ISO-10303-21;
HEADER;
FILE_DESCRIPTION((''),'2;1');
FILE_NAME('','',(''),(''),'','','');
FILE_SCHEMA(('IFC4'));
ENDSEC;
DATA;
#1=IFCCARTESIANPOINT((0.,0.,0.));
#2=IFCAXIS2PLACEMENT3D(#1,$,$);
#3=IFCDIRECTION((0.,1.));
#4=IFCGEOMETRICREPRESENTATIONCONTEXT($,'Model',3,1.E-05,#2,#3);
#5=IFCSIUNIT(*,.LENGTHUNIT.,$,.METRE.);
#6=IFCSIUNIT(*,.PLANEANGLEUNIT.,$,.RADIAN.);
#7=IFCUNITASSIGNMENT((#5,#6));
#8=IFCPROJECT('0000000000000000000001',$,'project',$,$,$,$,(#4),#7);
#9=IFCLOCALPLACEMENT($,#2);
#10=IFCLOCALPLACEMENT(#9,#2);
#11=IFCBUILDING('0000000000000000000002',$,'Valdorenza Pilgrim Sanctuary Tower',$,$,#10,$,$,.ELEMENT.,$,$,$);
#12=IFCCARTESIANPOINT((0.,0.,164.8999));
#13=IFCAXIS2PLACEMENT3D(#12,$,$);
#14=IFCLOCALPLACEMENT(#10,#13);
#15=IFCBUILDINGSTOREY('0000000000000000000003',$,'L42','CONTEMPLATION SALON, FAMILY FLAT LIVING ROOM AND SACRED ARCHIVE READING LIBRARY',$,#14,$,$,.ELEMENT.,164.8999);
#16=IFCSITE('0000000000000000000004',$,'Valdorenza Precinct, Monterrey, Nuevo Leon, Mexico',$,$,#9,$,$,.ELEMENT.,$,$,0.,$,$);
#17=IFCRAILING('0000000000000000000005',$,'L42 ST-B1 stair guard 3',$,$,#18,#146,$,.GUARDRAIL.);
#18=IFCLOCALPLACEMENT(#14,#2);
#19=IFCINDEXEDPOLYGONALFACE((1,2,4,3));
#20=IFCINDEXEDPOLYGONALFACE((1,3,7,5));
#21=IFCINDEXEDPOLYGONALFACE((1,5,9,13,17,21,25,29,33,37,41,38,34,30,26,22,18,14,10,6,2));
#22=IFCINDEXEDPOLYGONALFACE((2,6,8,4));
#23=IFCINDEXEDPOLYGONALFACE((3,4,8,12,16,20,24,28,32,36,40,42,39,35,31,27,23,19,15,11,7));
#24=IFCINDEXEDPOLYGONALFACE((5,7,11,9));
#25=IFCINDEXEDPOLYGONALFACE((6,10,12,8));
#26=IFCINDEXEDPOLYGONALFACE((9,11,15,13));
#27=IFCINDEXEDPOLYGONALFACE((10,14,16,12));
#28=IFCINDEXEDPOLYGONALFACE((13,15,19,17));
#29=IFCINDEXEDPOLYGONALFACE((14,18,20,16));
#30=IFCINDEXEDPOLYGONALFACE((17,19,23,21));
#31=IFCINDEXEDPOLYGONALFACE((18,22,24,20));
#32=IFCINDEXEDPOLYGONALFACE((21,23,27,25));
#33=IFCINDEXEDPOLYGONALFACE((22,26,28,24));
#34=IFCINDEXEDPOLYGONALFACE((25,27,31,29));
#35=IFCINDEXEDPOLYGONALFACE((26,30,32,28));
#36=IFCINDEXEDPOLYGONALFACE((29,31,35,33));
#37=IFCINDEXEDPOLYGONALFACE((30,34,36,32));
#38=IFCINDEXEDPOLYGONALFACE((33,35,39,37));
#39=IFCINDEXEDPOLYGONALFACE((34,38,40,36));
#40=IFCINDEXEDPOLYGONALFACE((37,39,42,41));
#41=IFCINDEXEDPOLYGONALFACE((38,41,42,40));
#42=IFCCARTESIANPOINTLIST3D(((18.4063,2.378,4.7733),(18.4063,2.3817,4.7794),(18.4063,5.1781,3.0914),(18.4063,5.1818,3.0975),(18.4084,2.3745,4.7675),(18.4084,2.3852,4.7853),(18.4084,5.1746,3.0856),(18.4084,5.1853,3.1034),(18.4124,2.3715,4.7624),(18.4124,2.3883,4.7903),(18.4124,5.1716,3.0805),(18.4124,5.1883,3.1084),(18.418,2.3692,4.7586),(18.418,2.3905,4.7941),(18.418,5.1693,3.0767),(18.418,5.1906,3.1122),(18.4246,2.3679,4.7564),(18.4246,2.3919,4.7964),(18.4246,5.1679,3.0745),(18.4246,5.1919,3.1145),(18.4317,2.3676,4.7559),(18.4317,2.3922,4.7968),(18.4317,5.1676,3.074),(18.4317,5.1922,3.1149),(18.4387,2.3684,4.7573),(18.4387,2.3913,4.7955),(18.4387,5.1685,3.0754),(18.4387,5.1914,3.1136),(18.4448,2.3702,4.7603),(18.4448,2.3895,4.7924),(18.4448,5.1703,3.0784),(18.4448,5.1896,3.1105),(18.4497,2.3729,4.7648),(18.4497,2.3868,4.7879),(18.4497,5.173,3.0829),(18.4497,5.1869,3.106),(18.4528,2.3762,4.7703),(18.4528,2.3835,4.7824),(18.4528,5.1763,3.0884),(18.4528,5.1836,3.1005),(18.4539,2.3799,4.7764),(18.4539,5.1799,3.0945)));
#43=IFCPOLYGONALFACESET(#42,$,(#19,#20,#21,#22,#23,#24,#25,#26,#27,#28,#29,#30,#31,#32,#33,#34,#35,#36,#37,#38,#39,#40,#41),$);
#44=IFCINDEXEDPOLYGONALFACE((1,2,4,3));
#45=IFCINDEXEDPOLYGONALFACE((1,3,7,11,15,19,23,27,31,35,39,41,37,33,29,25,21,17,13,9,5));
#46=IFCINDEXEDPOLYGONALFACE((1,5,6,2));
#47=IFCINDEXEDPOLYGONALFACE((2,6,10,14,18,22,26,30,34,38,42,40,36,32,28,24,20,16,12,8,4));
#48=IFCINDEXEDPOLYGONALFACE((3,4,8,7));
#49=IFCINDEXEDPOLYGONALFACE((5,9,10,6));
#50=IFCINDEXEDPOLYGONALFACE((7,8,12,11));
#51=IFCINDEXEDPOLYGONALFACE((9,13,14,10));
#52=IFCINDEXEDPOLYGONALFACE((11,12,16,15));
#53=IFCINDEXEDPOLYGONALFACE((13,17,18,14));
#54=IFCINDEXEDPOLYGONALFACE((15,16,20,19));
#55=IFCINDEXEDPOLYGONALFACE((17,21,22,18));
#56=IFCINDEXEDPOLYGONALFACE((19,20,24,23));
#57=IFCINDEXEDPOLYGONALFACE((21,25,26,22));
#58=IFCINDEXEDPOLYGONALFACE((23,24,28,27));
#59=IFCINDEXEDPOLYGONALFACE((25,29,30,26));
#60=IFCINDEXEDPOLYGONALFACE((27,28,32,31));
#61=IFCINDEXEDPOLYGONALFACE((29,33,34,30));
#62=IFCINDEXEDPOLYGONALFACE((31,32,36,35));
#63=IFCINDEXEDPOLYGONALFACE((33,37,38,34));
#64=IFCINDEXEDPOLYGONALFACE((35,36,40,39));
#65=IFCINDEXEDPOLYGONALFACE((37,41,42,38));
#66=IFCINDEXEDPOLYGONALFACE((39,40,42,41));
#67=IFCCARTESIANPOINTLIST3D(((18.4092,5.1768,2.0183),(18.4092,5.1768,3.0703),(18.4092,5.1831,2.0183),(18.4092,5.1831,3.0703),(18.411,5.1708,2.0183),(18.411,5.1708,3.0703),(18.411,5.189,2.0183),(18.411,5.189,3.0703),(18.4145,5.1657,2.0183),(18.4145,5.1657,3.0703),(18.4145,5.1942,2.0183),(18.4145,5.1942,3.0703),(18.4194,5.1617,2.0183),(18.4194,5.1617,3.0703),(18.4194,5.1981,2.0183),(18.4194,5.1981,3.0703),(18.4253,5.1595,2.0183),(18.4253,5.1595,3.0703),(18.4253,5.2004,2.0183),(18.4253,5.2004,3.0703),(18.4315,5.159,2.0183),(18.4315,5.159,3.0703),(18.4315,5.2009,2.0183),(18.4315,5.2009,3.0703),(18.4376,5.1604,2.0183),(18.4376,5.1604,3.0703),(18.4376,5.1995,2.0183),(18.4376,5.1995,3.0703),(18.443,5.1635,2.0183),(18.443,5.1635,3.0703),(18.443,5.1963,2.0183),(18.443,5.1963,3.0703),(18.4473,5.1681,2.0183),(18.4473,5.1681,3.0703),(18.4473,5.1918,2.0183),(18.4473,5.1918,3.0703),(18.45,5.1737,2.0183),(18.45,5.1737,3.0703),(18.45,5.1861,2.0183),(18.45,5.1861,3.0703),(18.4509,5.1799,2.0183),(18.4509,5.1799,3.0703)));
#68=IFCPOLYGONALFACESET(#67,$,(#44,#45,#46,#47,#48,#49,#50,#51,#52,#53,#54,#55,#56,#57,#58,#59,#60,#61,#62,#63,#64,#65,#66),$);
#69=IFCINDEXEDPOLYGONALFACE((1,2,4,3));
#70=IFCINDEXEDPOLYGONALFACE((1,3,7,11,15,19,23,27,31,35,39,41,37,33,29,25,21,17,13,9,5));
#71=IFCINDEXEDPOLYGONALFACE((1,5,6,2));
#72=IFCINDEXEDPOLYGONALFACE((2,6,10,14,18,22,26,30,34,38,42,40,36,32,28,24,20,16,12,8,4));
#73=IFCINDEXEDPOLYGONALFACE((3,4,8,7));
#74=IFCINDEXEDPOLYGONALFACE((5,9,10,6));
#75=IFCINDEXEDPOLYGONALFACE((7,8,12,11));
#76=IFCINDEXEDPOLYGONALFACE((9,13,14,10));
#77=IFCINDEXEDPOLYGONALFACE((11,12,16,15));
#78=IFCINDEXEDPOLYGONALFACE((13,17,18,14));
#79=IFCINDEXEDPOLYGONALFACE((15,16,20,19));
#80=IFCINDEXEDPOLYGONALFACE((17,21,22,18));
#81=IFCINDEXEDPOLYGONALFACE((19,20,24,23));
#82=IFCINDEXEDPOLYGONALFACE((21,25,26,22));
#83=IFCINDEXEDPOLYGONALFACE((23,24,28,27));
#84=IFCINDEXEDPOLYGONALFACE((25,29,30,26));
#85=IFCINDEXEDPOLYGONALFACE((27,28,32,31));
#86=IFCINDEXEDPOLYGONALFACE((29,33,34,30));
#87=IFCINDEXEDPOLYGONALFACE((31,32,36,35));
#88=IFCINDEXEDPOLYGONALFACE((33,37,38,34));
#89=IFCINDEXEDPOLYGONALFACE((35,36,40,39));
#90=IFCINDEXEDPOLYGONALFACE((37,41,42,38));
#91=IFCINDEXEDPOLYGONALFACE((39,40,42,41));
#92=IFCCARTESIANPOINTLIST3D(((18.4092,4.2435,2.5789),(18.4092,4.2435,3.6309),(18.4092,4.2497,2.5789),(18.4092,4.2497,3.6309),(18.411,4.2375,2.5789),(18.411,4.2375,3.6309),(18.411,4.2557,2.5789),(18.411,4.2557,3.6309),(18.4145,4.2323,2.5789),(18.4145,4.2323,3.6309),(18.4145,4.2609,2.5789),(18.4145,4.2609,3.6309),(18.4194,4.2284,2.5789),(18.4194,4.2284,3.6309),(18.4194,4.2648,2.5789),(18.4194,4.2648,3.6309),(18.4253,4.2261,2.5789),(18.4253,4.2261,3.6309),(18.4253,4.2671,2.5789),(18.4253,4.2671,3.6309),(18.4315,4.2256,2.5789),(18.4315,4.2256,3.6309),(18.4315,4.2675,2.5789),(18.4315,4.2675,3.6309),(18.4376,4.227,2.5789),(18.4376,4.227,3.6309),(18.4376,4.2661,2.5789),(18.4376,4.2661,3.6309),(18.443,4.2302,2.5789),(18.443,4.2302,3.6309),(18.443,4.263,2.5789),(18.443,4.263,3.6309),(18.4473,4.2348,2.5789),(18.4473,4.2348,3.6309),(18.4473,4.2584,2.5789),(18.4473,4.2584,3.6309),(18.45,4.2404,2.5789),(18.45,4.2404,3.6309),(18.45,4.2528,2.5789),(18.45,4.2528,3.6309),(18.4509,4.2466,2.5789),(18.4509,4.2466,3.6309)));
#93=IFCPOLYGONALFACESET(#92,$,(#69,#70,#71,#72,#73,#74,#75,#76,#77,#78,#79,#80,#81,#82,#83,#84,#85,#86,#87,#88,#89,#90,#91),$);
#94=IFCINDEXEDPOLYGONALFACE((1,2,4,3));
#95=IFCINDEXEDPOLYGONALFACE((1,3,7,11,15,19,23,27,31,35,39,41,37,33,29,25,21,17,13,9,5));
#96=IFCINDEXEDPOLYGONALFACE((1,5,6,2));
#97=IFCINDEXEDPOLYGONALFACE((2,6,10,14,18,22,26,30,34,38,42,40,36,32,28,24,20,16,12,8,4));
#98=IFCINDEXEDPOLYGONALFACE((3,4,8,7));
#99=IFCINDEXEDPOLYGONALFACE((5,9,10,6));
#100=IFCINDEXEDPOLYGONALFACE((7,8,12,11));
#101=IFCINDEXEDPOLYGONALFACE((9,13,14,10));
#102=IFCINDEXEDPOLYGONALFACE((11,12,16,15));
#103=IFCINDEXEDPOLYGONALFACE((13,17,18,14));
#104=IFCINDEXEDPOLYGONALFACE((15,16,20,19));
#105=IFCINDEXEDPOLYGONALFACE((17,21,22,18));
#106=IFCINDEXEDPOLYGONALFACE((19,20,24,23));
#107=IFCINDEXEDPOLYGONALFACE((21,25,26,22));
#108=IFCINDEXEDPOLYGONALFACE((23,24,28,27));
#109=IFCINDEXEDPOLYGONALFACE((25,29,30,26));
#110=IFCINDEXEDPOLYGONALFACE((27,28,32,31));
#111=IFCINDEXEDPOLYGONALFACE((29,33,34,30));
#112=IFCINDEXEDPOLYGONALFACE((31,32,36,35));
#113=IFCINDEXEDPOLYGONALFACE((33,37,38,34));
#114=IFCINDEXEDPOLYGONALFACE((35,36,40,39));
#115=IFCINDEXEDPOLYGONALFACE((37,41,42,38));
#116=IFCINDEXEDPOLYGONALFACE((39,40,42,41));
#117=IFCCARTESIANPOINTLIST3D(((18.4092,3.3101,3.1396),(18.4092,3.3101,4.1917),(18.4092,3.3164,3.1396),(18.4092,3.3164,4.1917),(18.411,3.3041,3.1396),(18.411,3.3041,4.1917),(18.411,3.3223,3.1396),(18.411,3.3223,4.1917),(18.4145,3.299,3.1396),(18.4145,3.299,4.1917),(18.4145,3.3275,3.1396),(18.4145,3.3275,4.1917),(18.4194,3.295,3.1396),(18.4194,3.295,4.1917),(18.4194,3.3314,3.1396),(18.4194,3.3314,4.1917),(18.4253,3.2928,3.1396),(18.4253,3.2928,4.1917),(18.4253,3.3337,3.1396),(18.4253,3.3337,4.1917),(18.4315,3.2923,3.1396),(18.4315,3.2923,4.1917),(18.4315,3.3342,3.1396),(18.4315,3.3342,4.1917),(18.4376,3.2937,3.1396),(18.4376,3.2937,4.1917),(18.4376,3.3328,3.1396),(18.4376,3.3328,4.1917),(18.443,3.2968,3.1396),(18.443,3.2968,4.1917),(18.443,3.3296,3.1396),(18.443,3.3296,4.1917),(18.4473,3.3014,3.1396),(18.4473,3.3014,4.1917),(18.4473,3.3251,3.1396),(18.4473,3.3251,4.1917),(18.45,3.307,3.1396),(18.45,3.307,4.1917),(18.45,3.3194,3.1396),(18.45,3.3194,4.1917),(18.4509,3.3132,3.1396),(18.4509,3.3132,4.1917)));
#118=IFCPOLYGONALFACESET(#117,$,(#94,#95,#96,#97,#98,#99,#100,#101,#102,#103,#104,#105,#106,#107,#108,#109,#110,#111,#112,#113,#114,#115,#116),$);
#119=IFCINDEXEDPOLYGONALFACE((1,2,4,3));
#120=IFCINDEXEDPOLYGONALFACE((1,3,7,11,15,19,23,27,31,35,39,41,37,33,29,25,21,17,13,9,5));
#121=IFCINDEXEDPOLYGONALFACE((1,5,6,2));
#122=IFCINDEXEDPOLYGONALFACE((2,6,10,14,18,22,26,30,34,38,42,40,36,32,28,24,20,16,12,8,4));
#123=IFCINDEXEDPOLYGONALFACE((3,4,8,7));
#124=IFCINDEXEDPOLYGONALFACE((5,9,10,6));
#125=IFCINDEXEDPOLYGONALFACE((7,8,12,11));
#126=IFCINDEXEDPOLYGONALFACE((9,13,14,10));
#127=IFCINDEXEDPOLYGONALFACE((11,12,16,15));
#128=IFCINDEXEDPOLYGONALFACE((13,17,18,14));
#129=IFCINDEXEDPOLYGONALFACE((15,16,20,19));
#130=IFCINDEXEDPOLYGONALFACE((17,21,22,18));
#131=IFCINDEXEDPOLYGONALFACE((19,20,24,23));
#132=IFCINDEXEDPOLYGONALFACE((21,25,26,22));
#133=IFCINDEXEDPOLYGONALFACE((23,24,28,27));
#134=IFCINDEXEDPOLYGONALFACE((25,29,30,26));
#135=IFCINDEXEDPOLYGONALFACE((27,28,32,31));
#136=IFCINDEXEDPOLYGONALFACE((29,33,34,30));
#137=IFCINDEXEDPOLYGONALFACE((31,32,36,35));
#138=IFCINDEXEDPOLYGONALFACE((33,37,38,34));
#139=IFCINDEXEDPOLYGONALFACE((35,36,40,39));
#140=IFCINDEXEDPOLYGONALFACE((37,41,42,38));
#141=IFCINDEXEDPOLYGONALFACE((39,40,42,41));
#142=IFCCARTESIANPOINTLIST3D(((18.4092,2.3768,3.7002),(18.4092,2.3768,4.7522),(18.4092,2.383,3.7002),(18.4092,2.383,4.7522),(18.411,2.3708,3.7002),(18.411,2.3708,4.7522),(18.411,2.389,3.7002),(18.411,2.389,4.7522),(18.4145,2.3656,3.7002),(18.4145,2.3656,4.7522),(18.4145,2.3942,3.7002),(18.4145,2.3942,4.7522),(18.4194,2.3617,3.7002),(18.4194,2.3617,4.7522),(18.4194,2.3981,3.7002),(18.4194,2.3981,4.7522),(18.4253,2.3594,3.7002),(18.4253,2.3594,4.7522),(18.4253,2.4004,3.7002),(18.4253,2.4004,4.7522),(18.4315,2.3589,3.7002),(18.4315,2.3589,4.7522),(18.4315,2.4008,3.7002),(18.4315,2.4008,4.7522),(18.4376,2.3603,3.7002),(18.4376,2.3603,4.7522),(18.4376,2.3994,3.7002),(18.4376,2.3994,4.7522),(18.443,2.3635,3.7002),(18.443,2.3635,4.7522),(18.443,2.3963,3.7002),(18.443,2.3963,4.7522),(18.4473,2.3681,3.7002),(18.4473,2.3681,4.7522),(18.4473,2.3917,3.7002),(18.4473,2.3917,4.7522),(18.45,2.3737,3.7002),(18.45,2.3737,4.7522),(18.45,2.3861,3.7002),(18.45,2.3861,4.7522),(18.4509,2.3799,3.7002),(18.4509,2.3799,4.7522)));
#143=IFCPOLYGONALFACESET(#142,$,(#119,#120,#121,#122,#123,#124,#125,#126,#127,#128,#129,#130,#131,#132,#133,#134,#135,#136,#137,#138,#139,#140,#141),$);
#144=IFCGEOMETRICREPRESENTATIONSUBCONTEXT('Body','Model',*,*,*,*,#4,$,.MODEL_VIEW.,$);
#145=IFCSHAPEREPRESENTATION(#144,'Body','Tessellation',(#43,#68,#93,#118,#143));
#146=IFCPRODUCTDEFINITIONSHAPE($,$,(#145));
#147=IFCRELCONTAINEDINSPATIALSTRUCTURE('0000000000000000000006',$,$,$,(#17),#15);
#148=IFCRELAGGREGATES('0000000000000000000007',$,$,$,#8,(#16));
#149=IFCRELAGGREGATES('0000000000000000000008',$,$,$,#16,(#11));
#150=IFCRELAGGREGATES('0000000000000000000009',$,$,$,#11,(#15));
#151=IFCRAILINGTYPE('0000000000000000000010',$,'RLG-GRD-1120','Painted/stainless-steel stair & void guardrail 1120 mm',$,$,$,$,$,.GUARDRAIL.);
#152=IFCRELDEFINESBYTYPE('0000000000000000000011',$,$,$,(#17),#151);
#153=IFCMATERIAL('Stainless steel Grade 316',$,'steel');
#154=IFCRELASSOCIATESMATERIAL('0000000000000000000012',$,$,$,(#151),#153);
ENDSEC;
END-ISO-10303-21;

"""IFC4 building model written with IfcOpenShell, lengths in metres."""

from ifc_helpers import new_model, si_unit, direction, frame, origin, origin_2d, place, context, subcontext, project, spatial, circle, extrude, material, type_object, element, save


model = new_model("IFC4")

# Units and contexts
model_context = context("Model", 3, precision=1e-05, world=origin(), true_north=direction((0.0, 1.0)))
body_context = subcontext(model_context, "Body", "Model", "MODEL_VIEW")
ifc_project = project(units=[si_unit("LENGTHUNIT", "METRE"), si_unit("PLANEANGLEUNIT", "RADIAN")], contexts=[model_context])

# Site, building, storey
site_placement = place(None, origin())
site = spatial("IfcSite", under=ifc_project, at=site_placement, Name="Valdorenza Precinct, Monterrey, Nuevo Leon, Mexico", CompositionType="ELEMENT", RefElevation=0.0)
building_placement = place(site_placement, origin())
building = spatial("IfcBuilding", under=site, at=building_placement, Name="Valdorenza Pilgrim Sanctuary Tower", CompositionType="ELEMENT")
storey_placement = place(building_placement, frame((0.0, 0.0, 164.8999)))
storey = spatial("IfcBuildingStorey", under=building, at=storey_placement, Name="L42", Description="CONTEMPLATION SALON, FAMILY FLAT LIVING ROOM AND SACRED ARCHIVE READING LIBRARY", CompositionType="ELEMENT", Elevation=164.8999)

# Railing
ifc_material_1 = material(Name="Stainless steel Grade 316", Category="steel")
railing_type_1 = type_object("IfcRailingType", Name="RLG-GRD-1120", Description="Painted/stainless-steel stair & void guardrail 1120 mm", PredefinedType="GUARDRAIL", material=ifc_material_1)
railing_1_placement = place(storey_placement, frame((18.4299, 5.1799, 2.0183)))
element("IfcRailing", 1, at=railing_1_placement, inside=storey, type_object=railing_type_1, Name="L42 ST-B1 stair guard 3", PredefinedType="GUARDRAIL", context=body_context, shape_type="SweptSolid", body=[
    extrude(circle(Radius=0.0239, at=origin_2d()), frame((0.0, 0.0, 1.0762), z_axis=(0.0, -0.857242, 0.514913), x_axis=(1.0, 0.0, 0.0)), (0.0, 0.0, 1.0), 3.2664),
    extrude(circle(Radius=0.021, at=origin_2d()), origin(), (0.0, 0.0, 1.0), 1.052),
    extrude(circle(Radius=0.021, at=origin_2d()), frame((0.0, -0.9333, 0.5605)), (0.0, 0.0, 1.0), 1.052),
    extrude(circle(Radius=0.021, at=origin_2d()), frame((0.0, -1.8667, 1.1213)), (0.0, 0.0, 1.0), 1.052),
    extrude(circle(Radius=0.021, at=origin_2d()), frame((0.0, -2.8, 1.6819)), (0.0, 0.0, 1.0), 1.052),
])

save(model, "model.ifc")
